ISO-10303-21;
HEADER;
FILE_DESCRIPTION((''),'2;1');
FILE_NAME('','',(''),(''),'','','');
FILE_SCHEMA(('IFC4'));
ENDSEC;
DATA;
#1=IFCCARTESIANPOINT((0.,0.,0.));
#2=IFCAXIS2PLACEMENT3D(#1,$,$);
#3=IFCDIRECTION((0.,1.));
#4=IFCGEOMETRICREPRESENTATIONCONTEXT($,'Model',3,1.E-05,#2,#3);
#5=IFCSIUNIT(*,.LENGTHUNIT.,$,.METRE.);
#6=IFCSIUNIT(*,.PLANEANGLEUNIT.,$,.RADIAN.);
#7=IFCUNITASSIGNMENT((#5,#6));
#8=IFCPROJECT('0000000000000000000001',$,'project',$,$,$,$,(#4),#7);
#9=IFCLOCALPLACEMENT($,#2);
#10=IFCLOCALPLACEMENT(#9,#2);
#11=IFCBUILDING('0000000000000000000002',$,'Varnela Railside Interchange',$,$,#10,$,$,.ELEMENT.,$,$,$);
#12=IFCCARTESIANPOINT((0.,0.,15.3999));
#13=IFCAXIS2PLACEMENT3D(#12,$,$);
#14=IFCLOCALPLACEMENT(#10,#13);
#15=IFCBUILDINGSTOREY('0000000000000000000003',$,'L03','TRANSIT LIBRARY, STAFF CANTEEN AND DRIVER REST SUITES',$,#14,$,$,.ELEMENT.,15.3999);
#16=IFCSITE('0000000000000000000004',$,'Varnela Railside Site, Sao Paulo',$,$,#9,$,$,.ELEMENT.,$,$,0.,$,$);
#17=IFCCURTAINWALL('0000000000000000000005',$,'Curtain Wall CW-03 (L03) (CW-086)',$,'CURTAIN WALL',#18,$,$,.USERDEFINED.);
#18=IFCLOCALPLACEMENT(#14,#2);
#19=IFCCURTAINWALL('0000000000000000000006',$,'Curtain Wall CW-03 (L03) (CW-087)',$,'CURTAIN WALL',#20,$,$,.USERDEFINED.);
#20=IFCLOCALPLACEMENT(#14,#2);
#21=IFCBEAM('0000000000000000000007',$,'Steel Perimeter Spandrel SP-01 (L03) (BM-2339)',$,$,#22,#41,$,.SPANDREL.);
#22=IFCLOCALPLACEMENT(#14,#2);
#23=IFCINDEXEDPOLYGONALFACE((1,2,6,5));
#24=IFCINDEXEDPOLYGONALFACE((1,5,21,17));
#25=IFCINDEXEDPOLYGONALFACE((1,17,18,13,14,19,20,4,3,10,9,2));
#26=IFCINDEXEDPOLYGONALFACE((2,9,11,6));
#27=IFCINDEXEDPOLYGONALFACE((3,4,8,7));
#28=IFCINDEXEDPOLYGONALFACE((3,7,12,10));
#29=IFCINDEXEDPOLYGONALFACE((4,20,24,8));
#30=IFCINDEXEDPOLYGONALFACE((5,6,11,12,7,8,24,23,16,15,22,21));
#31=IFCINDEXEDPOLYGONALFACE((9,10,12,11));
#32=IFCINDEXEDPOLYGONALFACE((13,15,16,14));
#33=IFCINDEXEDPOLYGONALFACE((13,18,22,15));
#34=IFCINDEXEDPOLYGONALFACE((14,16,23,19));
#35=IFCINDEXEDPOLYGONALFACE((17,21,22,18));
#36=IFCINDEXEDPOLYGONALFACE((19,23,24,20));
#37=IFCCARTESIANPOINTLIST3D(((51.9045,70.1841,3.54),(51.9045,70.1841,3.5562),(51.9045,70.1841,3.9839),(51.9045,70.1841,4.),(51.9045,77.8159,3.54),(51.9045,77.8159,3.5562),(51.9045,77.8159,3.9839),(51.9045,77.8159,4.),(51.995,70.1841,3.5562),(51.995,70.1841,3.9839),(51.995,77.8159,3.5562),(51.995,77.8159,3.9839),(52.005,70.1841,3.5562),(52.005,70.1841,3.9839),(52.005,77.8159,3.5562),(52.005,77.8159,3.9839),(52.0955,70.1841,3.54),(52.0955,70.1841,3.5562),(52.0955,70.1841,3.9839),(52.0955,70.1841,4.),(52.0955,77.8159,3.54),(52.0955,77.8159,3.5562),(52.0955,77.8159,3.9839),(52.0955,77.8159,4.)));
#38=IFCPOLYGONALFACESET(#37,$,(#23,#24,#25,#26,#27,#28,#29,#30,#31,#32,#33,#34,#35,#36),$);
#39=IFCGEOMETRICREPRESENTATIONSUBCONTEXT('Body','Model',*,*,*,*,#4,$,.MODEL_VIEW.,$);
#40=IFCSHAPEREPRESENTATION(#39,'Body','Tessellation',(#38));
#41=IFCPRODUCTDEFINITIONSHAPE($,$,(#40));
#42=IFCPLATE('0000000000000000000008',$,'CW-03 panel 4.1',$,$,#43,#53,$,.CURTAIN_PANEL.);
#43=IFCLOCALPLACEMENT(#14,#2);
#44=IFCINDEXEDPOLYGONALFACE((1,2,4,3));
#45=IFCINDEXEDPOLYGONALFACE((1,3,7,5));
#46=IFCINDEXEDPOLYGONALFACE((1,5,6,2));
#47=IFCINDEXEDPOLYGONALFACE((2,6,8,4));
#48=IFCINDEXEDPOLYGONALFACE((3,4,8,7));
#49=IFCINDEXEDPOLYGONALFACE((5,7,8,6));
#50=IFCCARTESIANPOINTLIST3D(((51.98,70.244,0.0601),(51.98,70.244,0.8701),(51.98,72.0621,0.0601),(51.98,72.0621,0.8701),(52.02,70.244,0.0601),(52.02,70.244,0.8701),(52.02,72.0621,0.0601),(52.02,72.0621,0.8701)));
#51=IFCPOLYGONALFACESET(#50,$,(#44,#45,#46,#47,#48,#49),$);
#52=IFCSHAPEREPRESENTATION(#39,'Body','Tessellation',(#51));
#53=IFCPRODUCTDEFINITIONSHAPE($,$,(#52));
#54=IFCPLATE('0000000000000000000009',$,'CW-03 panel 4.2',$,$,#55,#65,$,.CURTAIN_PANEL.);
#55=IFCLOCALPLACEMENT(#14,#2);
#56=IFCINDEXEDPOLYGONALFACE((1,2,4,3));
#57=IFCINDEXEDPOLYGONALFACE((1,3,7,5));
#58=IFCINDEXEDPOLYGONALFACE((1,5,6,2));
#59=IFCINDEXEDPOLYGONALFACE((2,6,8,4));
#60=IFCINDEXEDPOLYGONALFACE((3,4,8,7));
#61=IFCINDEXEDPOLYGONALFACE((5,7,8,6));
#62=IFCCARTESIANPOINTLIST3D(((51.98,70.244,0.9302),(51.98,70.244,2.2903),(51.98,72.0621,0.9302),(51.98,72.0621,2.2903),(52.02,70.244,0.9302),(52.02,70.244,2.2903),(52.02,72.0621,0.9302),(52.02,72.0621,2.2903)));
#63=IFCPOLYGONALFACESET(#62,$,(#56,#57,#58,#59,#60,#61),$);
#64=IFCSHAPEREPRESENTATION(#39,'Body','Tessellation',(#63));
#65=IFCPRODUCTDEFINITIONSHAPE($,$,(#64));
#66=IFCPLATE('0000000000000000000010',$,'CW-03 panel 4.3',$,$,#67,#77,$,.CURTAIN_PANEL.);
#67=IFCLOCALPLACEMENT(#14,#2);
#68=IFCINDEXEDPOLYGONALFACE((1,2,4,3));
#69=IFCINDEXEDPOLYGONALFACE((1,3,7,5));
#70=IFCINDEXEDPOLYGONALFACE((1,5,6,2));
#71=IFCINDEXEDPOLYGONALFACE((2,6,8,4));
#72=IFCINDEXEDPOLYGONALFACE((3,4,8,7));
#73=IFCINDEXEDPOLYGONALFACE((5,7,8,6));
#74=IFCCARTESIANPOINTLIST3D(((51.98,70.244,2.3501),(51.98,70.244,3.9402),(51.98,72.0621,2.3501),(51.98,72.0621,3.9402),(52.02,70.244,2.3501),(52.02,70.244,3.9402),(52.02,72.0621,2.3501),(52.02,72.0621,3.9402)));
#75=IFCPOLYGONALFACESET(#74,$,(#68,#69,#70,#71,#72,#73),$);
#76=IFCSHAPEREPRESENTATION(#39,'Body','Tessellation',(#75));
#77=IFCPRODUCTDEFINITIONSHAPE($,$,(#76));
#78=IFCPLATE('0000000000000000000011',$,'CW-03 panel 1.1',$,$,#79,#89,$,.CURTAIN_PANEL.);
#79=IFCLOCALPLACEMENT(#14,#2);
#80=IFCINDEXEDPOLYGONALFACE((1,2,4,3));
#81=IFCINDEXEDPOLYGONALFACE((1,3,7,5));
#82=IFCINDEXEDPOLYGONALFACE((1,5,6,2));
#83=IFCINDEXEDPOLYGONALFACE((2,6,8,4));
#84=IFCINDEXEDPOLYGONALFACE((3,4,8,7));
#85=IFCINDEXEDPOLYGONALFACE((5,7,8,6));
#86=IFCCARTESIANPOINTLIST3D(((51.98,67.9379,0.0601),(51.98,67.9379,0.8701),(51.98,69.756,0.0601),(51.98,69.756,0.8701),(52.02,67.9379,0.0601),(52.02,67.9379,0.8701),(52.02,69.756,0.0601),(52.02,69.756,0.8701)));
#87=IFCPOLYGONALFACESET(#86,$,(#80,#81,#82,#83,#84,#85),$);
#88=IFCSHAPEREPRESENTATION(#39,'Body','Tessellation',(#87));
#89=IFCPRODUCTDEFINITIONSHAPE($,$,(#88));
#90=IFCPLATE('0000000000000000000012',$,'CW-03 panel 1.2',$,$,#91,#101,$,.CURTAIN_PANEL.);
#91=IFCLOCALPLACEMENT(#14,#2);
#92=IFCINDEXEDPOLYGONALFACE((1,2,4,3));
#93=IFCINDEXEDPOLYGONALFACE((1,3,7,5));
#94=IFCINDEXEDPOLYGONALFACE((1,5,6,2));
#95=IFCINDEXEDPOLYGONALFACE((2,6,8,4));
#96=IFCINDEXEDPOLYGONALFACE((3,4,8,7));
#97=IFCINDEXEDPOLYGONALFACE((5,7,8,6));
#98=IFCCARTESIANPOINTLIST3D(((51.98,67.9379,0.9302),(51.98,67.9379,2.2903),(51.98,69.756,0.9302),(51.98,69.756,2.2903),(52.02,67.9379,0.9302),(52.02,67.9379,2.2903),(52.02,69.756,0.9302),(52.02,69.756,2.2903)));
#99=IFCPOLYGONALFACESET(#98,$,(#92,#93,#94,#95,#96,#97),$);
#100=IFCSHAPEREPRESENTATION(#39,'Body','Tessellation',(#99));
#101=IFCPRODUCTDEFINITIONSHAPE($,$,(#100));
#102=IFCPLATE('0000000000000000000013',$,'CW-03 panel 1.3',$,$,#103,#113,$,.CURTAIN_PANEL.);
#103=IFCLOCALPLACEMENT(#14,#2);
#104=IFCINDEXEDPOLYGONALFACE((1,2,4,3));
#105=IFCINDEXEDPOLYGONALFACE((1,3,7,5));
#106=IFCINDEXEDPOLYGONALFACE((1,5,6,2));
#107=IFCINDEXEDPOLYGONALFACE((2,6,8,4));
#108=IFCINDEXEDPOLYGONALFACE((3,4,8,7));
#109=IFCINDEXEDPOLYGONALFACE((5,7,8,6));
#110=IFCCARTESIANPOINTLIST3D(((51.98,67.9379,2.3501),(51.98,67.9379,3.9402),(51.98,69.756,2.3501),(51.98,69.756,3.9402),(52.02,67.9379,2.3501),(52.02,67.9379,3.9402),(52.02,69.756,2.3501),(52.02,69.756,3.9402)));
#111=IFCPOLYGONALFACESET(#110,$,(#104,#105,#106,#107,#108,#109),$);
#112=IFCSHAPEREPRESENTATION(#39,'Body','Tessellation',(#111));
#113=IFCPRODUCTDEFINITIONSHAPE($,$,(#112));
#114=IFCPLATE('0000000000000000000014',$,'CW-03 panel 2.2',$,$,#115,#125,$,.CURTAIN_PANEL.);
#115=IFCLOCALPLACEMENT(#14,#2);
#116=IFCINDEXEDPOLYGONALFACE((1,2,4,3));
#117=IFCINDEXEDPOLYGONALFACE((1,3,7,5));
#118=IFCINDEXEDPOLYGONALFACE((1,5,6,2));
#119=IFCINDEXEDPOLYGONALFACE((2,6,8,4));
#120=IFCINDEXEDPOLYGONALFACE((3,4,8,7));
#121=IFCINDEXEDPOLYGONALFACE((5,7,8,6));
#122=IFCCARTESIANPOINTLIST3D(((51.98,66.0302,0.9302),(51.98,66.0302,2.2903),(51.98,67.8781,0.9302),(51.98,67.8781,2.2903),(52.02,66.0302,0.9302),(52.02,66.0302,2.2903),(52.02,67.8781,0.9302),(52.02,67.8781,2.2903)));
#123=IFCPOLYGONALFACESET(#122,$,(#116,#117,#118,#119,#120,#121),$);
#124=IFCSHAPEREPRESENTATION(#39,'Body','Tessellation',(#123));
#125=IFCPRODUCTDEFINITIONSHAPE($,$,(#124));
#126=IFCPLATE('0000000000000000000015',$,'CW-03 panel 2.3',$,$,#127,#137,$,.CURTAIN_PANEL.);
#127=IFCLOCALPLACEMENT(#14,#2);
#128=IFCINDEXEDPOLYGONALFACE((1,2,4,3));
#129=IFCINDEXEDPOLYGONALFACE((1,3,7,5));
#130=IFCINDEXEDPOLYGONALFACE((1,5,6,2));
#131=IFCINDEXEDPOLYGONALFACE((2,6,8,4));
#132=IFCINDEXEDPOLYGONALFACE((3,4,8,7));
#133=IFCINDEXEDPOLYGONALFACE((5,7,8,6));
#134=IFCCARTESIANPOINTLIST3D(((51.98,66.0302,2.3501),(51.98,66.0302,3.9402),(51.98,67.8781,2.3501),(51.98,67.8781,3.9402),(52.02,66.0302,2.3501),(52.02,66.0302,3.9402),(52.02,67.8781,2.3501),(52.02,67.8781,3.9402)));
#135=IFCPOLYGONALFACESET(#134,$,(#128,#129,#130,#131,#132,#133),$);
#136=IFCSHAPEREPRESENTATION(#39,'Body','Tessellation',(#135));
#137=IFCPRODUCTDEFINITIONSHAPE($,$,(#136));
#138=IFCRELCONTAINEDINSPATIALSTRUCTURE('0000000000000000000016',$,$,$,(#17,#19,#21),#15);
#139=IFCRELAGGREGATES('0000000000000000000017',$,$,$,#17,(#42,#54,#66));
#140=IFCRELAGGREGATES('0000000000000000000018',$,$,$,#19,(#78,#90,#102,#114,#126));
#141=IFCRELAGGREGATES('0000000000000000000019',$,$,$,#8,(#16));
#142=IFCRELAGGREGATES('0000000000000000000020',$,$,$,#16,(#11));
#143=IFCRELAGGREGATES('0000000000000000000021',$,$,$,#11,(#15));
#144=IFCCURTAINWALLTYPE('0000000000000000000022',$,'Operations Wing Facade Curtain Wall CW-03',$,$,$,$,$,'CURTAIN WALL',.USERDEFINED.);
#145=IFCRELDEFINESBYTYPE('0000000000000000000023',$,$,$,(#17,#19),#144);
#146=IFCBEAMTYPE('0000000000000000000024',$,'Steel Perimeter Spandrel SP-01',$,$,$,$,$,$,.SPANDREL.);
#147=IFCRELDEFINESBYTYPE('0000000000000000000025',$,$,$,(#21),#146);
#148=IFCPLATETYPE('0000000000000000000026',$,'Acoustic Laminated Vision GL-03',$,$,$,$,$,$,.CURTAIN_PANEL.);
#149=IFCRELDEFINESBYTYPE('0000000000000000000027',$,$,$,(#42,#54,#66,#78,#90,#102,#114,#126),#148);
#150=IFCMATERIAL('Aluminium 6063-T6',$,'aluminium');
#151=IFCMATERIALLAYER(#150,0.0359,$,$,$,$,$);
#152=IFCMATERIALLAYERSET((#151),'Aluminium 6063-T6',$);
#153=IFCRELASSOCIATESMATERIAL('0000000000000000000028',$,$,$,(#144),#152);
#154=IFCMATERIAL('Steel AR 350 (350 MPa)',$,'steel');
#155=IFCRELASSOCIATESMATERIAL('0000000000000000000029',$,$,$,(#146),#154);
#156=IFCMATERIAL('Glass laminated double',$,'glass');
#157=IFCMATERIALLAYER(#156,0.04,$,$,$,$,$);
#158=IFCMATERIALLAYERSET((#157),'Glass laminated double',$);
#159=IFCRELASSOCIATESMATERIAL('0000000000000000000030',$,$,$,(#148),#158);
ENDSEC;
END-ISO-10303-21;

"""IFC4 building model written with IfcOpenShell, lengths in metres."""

from ifc_helpers import new_model, si_unit, direction, frame, origin, origin_2d, place, context, subcontext, project, spatial, rectangle, i_section, extrude, material, layer, layer_set, material_profile, profile_set, type_object, element, aggregate, save


model = new_model("IFC4")

# Units and contexts
model_context = context("Model", 3, precision=1e-05, world=origin(), true_north=direction((0.0, 1.0)))
body_context = subcontext(model_context, "Body", "Model", "MODEL_VIEW")
ifc_project = project(units=[si_unit("LENGTHUNIT", "METRE"), si_unit("PLANEANGLEUNIT", "RADIAN")], contexts=[model_context])

# Site, building, storey
site_placement = place(None, origin())
site = spatial("IfcSite", under=ifc_project, at=site_placement, Name="Varnela Railside Site, Sao Paulo", CompositionType="ELEMENT", RefElevation=0.0)
building_placement = place(site_placement, origin())
building = spatial("IfcBuilding", under=site, at=building_placement, Name="Varnela Railside Interchange", CompositionType="ELEMENT")
storey_placement = place(building_placement, frame((0.0, 0.0, 15.3999)))
storey = spatial("IfcBuildingStorey", under=building, at=storey_placement, Name="L03", Description="TRANSIT LIBRARY, STAFF CANTEEN AND DRIVER REST SUITES", CompositionType="ELEMENT", Elevation=15.3999)

# Shared definitions
ifc_material_1 = material(Name="Steel AR 350 (350 MPa)", Category="steel")

# Curtain wall
ifc_material_2 = material(Name="Aluminium 6063-T6", Category="aluminium")
ifc_layer_1 = layer(ifc_material_2, 0.0359)
ifc_layer_set_1 = layer_set([ifc_layer_1], Name="Aluminium 6063-T6")
curtain_wall_type = type_object("IfcCurtainWallType", Name="Operations Wing Facade Curtain Wall CW-03", ElementType="CURTAIN WALL", PredefinedType="USERDEFINED", material=ifc_layer_set_1)
curtain_wall_1_placement = place(storey_placement, origin())
curtain_wall_1 = element("IfcCurtainWall", 1, at=curtain_wall_1_placement, inside=storey, type_object=curtain_wall_type, Name="Curtain Wall CW-03 (L03) (CW-086)", ObjectType="CURTAIN WALL", PredefinedType="USERDEFINED")

# Curtain wall
curtain_wall_2_placement = place(storey_placement, origin())
curtain_wall_2 = element("IfcCurtainWall", 2, at=curtain_wall_2_placement, inside=storey, type_object=curtain_wall_type, Name="Curtain Wall CW-03 (L03) (CW-087)", ObjectType="CURTAIN WALL", PredefinedType="USERDEFINED")

# Beam
ifc_material_profile_1 = material_profile(ifc_material_1, i_section(OverallWidth=0.1909, OverallDepth=0.46, WebThickness=0.01, FlangeThickness=0.0161, at=origin_2d()), Name="W460x82")
ifc_profile_set_1 = profile_set([ifc_material_profile_1], Name="Steel AR 350 (350 MPa)")
beam_type = type_object("IfcBeamType", Name="Steel Perimeter Spandrel SP-01", PredefinedType="SPANDREL", material=ifc_profile_set_1)
beam_placement = place(storey_placement, frame((52.0, 70.1841, 3.77), z_axis=(0.0, 1.0, 0.0), x_axis=(-1.0, 0.0, 0.0)))
element("IfcBeam", 3, at=beam_placement, inside=storey, type_object=beam_type, Name="Steel Perimeter Spandrel SP-01 (L03) (BM-2339)", PredefinedType="SPANDREL", context=body_context, shape_type="SweptSolid", body=[
    extrude(i_section(OverallWidth=0.1909, OverallDepth=0.46, WebThickness=0.01, FlangeThickness=0.0161, at=origin_2d()), origin(), (0.0, 0.0, 1.0), 7.6318),
])

# Plates
ifc_material_3 = material(Name="Glass laminated double", Category="glass")
ifc_layer_2 = layer(ifc_material_3, 0.04)
ifc_layer_set_2 = layer_set([ifc_layer_2], Name="Glass laminated double")
plate_type = type_object("IfcPlateType", Name="Acoustic Laminated Vision GL-03", PredefinedType="CURTAIN_PANEL", material=ifc_layer_set_2)
plate_1_placement = place(storey_placement, frame((52.0, 71.1531, 0.0601), z_axis=(0.0, 0.0, 1.0), x_axis=(0.0, -1.0, 0.0)))
plate_1 = element("IfcPlate", 4, at=plate_1_placement, type_object=plate_type, Name="CW-03 panel 4.1", PredefinedType="CURTAIN_PANEL", context=body_context, shape_type="SweptSolid", body=[
    extrude(rectangle(XDim=1.8181, YDim=0.04, at=origin_2d()), origin(), (0.0, 0.0, 1.0), 0.8101),
])
plate_2_placement = place(storey_placement, frame((52.0, 71.1531, 0.9302), z_axis=(0.0, 0.0, 1.0), x_axis=(0.0, -1.0, 0.0)))
plate_2 = element("IfcPlate", 5, at=plate_2_placement, type_object=plate_type, Name="CW-03 panel 4.2", PredefinedType="CURTAIN_PANEL", context=body_context, shape_type="SweptSolid", body=[
    extrude(rectangle(XDim=1.8181, YDim=0.04, at=origin_2d()), origin(), (0.0, 0.0, 1.0), 1.3601),
])
plate_3_placement = place(storey_placement, frame((52.0, 71.1531, 2.3501), z_axis=(0.0, 0.0, 1.0), x_axis=(0.0, -1.0, 0.0)))
plate_3 = element("IfcPlate", 6, at=plate_3_placement, type_object=plate_type, Name="CW-03 panel 4.3", PredefinedType="CURTAIN_PANEL", context=body_context, shape_type="SweptSolid", body=[
    extrude(rectangle(XDim=1.8181, YDim=0.04, at=origin_2d()), origin(), (0.0, 0.0, 1.0), 1.5901),
])
aggregate(curtain_wall_1, [plate_1, plate_2, plate_3])
plate_4_placement = place(storey_placement, frame((52.0, 68.8469, 0.0601), z_axis=(0.0, 0.0, 1.0), x_axis=(0.0, -1.0, 0.0)))
plate_4 = element("IfcPlate", 7, at=plate_4_placement, type_object=plate_type, Name="CW-03 panel 1.1", PredefinedType="CURTAIN_PANEL", context=body_context, shape_type="SweptSolid", body=[
    extrude(rectangle(XDim=1.8181, YDim=0.04, at=origin_2d()), origin(), (0.0, 0.0, 1.0), 0.8101),
])
plate_5_placement = place(storey_placement, frame((52.0, 68.8469, 0.9302), z_axis=(0.0, 0.0, 1.0), x_axis=(0.0, -1.0, 0.0)))
plate_5 = element("IfcPlate", 8, at=plate_5_placement, type_object=plate_type, Name="CW-03 panel 1.2", PredefinedType="CURTAIN_PANEL", context=body_context, shape_type="SweptSolid", body=[
    extrude(rectangle(XDim=1.8181, YDim=0.04, at=origin_2d()), origin(), (0.0, 0.0, 1.0), 1.3601),
])
plate_6_placement = place(storey_placement, frame((52.0, 68.8469, 2.3501), z_axis=(0.0, 0.0, 1.0), x_axis=(0.0, -1.0, 0.0)))
plate_6 = element("IfcPlate", 9, at=plate_6_placement, type_object=plate_type, Name="CW-03 panel 1.3", PredefinedType="CURTAIN_PANEL", context=body_context, shape_type="SweptSolid", body=[
    extrude(rectangle(XDim=1.8181, YDim=0.04, at=origin_2d()), origin(), (0.0, 0.0, 1.0), 1.5901),
])
plate_7_placement = place(storey_placement, frame((52.0, 66.9541, 0.9302), z_axis=(0.0, 0.0, 1.0), x_axis=(0.0, -1.0, 0.0)))
plate_7 = element("IfcPlate", 10, at=plate_7_placement, type_object=plate_type, Name="CW-03 panel 2.2", PredefinedType="CURTAIN_PANEL", context=body_context, shape_type="SweptSolid", body=[
    extrude(rectangle(XDim=1.8479, YDim=0.04, at=origin_2d()), origin(), (0.0, 0.0, 1.0), 1.3601),
])
plate_8_placement = place(storey_placement, frame((52.0, 66.9541, 2.3501), z_axis=(0.0, 0.0, 1.0), x_axis=(0.0, -1.0, 0.0)))
plate_8 = element("IfcPlate", 11, at=plate_8_placement, type_object=plate_type, Name="CW-03 panel 2.3", PredefinedType="CURTAIN_PANEL", context=body_context, shape_type="SweptSolid", body=[
    extrude(rectangle(XDim=1.8479, YDim=0.04, at=origin_2d()), origin(), (0.0, 0.0, 1.0), 1.5901),
])
aggregate(curtain_wall_2, [plate_4, plate_5, plate_6, plate_7, plate_8])

save(model, "model.ifc")
